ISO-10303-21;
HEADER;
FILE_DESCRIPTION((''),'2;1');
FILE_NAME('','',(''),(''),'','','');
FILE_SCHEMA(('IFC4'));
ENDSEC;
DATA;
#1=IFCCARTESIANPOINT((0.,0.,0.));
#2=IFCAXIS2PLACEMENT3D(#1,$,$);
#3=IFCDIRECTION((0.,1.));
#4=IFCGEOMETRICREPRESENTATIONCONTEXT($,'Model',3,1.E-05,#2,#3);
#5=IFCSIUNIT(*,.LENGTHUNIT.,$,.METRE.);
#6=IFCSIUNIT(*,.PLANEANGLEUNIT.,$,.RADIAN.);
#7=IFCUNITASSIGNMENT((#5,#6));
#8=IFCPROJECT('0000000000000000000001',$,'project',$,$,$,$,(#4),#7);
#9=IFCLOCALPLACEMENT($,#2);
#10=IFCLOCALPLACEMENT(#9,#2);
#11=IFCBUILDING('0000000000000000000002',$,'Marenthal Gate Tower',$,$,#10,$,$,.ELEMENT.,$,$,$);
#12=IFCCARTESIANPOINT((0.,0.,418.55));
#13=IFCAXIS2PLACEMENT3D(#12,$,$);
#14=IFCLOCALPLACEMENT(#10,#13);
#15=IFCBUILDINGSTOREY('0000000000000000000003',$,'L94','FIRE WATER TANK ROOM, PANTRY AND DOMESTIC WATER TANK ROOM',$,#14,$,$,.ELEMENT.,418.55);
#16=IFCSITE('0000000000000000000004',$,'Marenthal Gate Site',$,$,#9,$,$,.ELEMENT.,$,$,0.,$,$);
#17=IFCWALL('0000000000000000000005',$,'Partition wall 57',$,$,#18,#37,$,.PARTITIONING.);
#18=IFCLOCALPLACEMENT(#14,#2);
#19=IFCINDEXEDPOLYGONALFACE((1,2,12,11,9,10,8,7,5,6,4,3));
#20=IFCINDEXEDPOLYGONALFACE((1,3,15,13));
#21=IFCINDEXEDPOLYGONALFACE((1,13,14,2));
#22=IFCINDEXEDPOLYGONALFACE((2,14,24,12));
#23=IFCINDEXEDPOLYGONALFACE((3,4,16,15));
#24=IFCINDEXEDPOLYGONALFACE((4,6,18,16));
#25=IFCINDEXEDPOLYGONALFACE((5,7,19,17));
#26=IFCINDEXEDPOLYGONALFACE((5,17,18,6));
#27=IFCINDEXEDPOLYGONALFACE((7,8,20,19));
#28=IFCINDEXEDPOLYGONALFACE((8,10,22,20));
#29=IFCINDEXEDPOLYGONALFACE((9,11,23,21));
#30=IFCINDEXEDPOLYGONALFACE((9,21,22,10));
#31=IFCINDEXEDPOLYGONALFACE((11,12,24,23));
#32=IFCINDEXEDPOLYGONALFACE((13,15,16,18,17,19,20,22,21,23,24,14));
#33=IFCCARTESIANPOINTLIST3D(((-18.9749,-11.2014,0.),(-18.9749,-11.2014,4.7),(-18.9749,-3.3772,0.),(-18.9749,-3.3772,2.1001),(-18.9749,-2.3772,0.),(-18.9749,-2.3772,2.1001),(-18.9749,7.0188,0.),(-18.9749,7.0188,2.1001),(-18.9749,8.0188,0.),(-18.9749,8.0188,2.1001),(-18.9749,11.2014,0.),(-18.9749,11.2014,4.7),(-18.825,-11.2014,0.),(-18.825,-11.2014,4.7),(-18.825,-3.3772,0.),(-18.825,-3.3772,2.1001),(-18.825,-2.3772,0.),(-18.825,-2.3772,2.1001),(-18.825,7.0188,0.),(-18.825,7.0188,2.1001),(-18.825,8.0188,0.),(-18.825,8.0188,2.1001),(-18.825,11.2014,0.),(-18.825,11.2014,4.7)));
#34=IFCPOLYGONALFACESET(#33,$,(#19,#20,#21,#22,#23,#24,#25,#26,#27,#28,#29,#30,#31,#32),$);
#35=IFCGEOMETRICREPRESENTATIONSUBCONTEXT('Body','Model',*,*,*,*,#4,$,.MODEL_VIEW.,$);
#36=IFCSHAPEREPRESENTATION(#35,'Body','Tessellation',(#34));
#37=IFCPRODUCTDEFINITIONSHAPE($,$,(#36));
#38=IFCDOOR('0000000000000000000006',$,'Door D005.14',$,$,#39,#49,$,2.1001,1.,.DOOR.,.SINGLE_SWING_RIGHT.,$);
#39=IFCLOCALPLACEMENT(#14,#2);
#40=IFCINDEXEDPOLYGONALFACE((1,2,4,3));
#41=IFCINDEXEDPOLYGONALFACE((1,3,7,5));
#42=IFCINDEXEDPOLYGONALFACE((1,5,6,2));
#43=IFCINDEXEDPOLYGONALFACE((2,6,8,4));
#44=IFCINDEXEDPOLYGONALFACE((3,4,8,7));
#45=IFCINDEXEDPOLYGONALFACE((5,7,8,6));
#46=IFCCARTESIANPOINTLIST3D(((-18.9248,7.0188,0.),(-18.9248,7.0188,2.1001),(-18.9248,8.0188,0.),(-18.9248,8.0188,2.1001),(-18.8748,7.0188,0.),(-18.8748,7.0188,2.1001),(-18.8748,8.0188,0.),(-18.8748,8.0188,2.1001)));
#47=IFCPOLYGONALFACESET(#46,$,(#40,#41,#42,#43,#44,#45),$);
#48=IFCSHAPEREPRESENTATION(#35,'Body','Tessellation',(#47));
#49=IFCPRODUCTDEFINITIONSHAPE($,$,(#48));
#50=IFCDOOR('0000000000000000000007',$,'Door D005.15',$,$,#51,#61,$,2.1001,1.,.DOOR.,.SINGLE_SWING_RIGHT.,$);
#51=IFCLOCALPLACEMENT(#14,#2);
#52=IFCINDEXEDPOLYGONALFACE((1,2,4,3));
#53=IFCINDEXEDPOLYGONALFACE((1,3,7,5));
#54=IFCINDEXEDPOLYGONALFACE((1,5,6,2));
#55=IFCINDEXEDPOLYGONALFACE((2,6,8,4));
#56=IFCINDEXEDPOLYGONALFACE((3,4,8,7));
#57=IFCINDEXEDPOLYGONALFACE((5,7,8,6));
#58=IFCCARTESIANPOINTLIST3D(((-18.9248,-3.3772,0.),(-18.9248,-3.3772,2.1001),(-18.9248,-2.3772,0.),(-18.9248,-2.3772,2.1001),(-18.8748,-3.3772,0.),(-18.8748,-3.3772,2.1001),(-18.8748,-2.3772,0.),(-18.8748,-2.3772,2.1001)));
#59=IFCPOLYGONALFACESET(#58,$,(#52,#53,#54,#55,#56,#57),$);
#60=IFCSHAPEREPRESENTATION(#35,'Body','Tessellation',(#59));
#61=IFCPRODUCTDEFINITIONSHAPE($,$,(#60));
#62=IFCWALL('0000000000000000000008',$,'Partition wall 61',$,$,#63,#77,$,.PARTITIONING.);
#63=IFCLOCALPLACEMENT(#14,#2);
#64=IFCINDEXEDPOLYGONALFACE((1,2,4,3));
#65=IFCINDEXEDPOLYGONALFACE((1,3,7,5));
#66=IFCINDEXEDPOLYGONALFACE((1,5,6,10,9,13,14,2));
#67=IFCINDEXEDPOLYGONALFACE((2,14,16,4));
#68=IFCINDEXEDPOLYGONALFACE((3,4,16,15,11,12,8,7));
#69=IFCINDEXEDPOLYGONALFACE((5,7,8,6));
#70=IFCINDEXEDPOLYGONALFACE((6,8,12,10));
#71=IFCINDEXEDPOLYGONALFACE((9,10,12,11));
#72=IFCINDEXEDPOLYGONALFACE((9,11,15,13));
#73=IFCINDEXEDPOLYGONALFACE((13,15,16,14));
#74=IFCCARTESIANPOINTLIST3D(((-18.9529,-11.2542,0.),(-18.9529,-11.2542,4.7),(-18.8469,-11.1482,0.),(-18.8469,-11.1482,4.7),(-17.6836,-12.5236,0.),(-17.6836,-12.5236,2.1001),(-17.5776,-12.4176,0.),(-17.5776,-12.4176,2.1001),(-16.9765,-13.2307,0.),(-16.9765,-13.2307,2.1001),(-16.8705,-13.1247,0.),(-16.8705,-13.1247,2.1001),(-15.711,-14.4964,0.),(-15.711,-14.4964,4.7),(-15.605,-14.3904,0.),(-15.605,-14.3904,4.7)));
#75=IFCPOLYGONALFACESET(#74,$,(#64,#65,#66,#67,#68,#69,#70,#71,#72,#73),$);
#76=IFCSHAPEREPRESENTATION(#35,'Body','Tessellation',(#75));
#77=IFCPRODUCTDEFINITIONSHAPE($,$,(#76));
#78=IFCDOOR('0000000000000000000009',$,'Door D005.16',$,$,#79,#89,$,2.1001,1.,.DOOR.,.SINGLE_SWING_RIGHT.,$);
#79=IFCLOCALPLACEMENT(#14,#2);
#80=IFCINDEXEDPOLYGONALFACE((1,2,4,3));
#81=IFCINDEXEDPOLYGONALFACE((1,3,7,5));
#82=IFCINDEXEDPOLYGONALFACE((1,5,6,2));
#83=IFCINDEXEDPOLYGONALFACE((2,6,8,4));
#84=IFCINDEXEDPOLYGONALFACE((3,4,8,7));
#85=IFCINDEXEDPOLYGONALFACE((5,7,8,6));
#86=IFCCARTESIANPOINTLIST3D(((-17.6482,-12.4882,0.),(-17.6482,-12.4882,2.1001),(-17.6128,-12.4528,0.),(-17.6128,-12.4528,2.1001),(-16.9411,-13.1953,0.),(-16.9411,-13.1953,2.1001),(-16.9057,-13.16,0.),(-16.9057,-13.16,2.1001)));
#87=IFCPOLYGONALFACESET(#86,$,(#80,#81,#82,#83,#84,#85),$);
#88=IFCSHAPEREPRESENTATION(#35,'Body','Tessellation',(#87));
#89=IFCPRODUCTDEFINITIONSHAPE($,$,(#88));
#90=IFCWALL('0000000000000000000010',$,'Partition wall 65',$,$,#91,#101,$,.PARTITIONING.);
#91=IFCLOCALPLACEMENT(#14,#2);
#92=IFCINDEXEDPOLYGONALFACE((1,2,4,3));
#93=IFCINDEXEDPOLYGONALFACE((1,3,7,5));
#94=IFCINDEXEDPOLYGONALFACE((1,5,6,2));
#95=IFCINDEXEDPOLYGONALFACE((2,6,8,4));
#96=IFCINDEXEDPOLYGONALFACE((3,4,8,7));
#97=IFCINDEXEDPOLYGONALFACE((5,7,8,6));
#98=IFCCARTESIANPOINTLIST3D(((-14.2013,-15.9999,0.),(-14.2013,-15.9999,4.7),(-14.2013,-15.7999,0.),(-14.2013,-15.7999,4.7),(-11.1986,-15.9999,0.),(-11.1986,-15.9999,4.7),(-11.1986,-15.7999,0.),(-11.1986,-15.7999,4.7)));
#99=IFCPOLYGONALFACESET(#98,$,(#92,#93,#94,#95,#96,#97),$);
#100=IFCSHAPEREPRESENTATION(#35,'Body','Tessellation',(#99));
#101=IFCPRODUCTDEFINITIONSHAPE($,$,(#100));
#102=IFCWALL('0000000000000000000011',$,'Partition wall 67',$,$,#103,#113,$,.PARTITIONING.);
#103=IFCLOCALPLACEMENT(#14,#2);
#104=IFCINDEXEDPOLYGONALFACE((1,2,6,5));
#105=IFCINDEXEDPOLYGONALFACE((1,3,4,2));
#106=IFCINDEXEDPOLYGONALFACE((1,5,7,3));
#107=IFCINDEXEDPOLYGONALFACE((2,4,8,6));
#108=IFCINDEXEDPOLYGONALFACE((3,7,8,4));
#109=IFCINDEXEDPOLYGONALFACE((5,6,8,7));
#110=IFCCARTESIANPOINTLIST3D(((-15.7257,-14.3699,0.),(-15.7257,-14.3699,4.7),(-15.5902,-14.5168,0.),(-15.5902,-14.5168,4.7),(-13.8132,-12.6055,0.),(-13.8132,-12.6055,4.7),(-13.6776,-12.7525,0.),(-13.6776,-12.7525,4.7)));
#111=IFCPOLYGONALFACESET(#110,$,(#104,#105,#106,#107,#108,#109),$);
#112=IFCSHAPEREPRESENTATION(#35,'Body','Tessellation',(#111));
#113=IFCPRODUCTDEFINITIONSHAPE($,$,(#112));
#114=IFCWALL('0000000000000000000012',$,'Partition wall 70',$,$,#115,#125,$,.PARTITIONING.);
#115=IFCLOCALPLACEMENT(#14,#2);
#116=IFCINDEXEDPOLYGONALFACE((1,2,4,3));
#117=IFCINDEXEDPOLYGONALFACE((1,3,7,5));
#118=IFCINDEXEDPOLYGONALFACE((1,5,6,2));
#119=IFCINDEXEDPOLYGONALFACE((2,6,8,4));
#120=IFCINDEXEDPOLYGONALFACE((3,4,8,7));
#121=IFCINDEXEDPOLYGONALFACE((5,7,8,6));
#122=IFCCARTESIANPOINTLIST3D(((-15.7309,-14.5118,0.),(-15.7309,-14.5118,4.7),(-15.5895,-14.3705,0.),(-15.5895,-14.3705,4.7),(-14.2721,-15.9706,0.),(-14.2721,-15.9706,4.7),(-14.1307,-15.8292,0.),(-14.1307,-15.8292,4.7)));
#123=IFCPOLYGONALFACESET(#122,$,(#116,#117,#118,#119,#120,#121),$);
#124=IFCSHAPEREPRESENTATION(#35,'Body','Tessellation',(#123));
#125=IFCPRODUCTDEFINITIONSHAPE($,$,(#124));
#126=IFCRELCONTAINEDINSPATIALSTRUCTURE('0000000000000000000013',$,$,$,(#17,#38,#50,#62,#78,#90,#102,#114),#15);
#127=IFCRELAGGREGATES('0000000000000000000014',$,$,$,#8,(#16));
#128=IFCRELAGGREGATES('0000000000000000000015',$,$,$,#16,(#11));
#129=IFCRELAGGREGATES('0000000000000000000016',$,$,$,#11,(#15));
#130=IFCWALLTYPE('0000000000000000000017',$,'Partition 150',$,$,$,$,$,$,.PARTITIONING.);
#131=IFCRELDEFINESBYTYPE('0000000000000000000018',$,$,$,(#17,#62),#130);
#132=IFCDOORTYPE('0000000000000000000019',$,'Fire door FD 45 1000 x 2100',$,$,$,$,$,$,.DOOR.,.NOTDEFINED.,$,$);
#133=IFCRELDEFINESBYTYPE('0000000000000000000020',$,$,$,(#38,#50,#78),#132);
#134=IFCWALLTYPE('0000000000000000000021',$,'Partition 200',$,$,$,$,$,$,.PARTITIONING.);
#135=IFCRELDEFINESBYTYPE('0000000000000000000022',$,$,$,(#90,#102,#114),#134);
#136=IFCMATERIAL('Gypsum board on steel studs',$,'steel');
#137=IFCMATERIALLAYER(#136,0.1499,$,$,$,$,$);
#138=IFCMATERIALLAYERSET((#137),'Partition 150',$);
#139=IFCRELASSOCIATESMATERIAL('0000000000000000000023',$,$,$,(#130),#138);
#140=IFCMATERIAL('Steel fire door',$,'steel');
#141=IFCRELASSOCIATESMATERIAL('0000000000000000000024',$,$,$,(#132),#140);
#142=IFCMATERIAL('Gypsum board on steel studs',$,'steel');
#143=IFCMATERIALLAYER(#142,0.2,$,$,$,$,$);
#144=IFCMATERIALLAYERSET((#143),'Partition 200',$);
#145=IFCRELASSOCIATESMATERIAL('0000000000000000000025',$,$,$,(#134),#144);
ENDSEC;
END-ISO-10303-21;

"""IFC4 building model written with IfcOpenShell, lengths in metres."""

from ifc_helpers import new_model, si_unit, direction, frame, frame_2d, origin, place, context, subcontext, project, spatial, rectangle, extrude, material, layer, layer_set, type_object, element, fill, save


model = new_model("IFC4")

# Units and contexts
model_context = context("Model", 3, precision=1e-05, world=origin(), true_north=direction((0.0, 1.0)))
body_context = subcontext(model_context, "Body", "Model", "MODEL_VIEW")
ifc_project = project(units=[si_unit("LENGTHUNIT", "METRE"), si_unit("PLANEANGLEUNIT", "RADIAN")], contexts=[model_context])

# Site, building, storey
site_placement = place(None, origin())
site = spatial("IfcSite", under=ifc_project, at=site_placement, Name="Marenthal Gate Site", CompositionType="ELEMENT", RefElevation=0.0)
building_placement = place(site_placement, origin())
building = spatial("IfcBuilding", under=site, at=building_placement, Name="Marenthal Gate Tower", CompositionType="ELEMENT")
storey_placement = place(building_placement, frame((0.0, 0.0, 418.55)))
storey = spatial("IfcBuildingStorey", under=building, at=storey_placement, Name="L94", Description="FIRE WATER TANK ROOM, PANTRY AND DOMESTIC WATER TANK ROOM", CompositionType="ELEMENT", Elevation=418.55)

# Shared definitions
ifc_material_1 = material(Name="Gypsum board on steel studs", Category="steel")
ifc_layer_1 = layer(ifc_material_1, 0.1499)
ifc_layer_set_1 = layer_set([ifc_layer_1], Name="Partition 150")
wall_type_1 = type_object("IfcWallType", Name="Partition 150", PredefinedType="PARTITIONING", material=ifc_layer_set_1)

# Wall, openings, doors
wall_1_placement = place(storey_placement, frame((-18.8999, -11.2014, 0.0), z_axis=(0.0, 0.0, 1.0), x_axis=(0.0, 1.0, 0.0)))
wall_1 = element("IfcWall", 1, at=wall_1_placement, inside=storey, type_object=wall_type_1, Name="Partition wall 57", PredefinedType="PARTITIONING", context=body_context, shape_type="SweptSolid", body=[
    extrude(rectangle(XDim=22.4028, YDim=0.1499, at=frame_2d((11.2014, 0.0))), origin(), (0.0, 0.0, 1.0), 4.7),
])
opening_1_placement = place(wall_1_placement, frame((18.2202, 0.0, 0.0)))
opening_1 = element("IfcOpeningElement", 2, at=opening_1_placement, cuts=wall_1, PredefinedType="OPENING", context=body_context, shape_type="SweptSolid", body=[
    extrude(rectangle(XDim=1.0, YDim=2.1001, at=frame_2d((0.5, 1.05))), frame((0.0, 0.085, 0.0), z_axis=(0.0, -1.0, 0.0), x_axis=(1.0, 0.0, 0.0)), (0.0, 0.0, 1.0), 0.1699),
])
opening_2_placement = place(wall_1_placement, frame((7.8242, 0.0, 0.0)))
opening_2 = element("IfcOpeningElement", 3, at=opening_2_placement, cuts=wall_1, PredefinedType="OPENING", context=body_context, shape_type="SweptSolid", body=[
    extrude(rectangle(XDim=1.0, YDim=2.1001, at=frame_2d((0.5, 1.05))), frame((0.0, 0.085, 0.0), z_axis=(0.0, -1.0, 0.0), x_axis=(1.0, 0.0, 0.0)), (0.0, 0.0, 1.0), 0.1699),
])
ifc_material_2 = material(Name="Steel fire door", Category="steel")
door_type = type_object("IfcDoorType", Name="Fire door FD 45 1000 x 2100", OperationType="NOTDEFINED", PredefinedType="DOOR", material=ifc_material_2)
door_1_placement = place(opening_1_placement, origin())
door_1 = element("IfcDoor", 4, at=door_1_placement, inside=storey, type_object=door_type, Name="Door D005.14", OperationType="SINGLE_SWING_RIGHT", OverallHeight=2.1001, OverallWidth=1.0, PredefinedType="DOOR", context=body_context, shape_type="SweptSolid", body=[
    extrude(rectangle(XDim=1.0, YDim=2.1001, at=frame_2d((0.5, 1.05))), frame((0.0, 0.0249, 0.0), z_axis=(0.0, -1.0, 0.0), x_axis=(1.0, 0.0, 0.0)), (0.0, 0.0, 1.0), 0.05),
])
fill(opening_1, door_1)
door_2_placement = place(opening_2_placement, origin())
door_2 = element("IfcDoor", 5, at=door_2_placement, inside=storey, type_object=door_type, Name="Door D005.15", OperationType="SINGLE_SWING_RIGHT", OverallHeight=2.1001, OverallWidth=1.0, PredefinedType="DOOR", context=body_context, shape_type="SweptSolid", body=[
    extrude(rectangle(XDim=1.0, YDim=2.1001, at=frame_2d((0.5, 1.05))), frame((0.0, 0.0249, 0.0), z_axis=(0.0, -1.0, 0.0), x_axis=(1.0, 0.0, 0.0)), (0.0, 0.0, 1.0), 0.05),
])
fill(opening_2, door_2)

# Wall, opening, door
wall_2_placement = place(storey_placement, frame((-15.658, -14.4434, 0.0), z_axis=(0.0, 0.0, 1.0), x_axis=(-0.70708, 0.707133, 0.0)))
wall_2 = element("IfcWall", 6, at=wall_2_placement, inside=storey, type_object=wall_type_1, Name="Partition wall 61", PredefinedType="PARTITIONING", context=body_context, shape_type="SweptSolid", body=[
    extrude(rectangle(XDim=4.585, YDim=0.1499, at=frame_2d((2.2925, 0.0))), origin(), (0.0, 0.0, 1.0), 4.7),
])
opening_3_placement = place(wall_2_placement, frame((1.7898, 0.0, 0.0)))
opening_3 = element("IfcOpeningElement", 7, at=opening_3_placement, cuts=wall_2, PredefinedType="OPENING", context=body_context, shape_type="SweptSolid", body=[
    extrude(rectangle(XDim=1.0, YDim=2.1001, at=frame_2d((0.5, 1.05))), frame((0.0, 0.085, 0.0), z_axis=(0.0, -1.0, 0.0), x_axis=(1.0, 0.0, 0.0)), (0.0, 0.0, 1.0), 0.1699),
])
door_3_placement = place(opening_3_placement, origin())
door_3 = element("IfcDoor", 8, at=door_3_placement, inside=storey, type_object=door_type, Name="Door D005.16", OperationType="SINGLE_SWING_RIGHT", OverallHeight=2.1001, OverallWidth=1.0, PredefinedType="DOOR", context=body_context, shape_type="SweptSolid", body=[
    extrude(rectangle(XDim=1.0, YDim=2.1001, at=frame_2d((0.5, 1.05))), frame((0.0, 0.0249, 0.0), z_axis=(0.0, -1.0, 0.0), x_axis=(1.0, 0.0, 0.0)), (0.0, 0.0, 1.0), 0.05),
])
fill(opening_3, door_3)

# Walls
ifc_material_3 = material(Name="Gypsum board on steel studs", Category="steel")
ifc_layer_2 = layer(ifc_material_3, 0.2)
ifc_layer_set_2 = layer_set([ifc_layer_2], Name="Partition 200")
wall_type_2 = type_object("IfcWallType", Name="Partition 200", PredefinedType="PARTITIONING", material=ifc_layer_set_2)
wall_3_placement = place(storey_placement, frame((-14.2014, -15.8999, 0.0), z_axis=(0.0, 0.0, 1.0), x_axis=(1.0, 0.0, 0.0)))
element("IfcWall", 9, at=wall_3_placement, inside=storey, type_object=wall_type_2, Name="Partition wall 65", PredefinedType="PARTITIONING", context=body_context, shape_type="SweptSolid", body=[
    extrude(rectangle(XDim=3.0027, YDim=0.2, at=frame_2d((1.5015, 0.0))), origin(), (0.0, 0.0, 1.0), 4.7),
])
wall_4_placement = place(storey_placement, frame((-15.658, -14.4434, 0.0), z_axis=(0.0, 0.0, 1.0), x_axis=(0.735008, 0.678058, 0.0)))
element("IfcWall", 10, at=wall_4_placement, inside=storey, type_object=wall_type_2, Name="Partition wall 67", PredefinedType="PARTITIONING", context=body_context, shape_type="SweptSolid", body=[
    extrude(rectangle(XDim=2.6021, YDim=0.2, at=frame_2d((1.301, 0.0))), origin(), (0.0, 0.0, 1.0), 4.7),
])
wall_5_placement = place(storey_placement, frame((-14.2014, -15.8999, 0.0), z_axis=(0.0, 0.0, 1.0), x_axis=(-0.707107, 0.707107, 0.0)))
element("IfcWall", 11, at=wall_5_placement, inside=storey, type_object=wall_type_2, Name="Partition wall 70", PredefinedType="PARTITIONING", context=body_context, shape_type="SweptSolid", body=[
    extrude(rectangle(XDim=2.063, YDim=0.2, at=frame_2d((1.0315, 0.0))), origin(), (0.0, 0.0, 1.0), 4.7),
])

save(model, "model.ifc")
